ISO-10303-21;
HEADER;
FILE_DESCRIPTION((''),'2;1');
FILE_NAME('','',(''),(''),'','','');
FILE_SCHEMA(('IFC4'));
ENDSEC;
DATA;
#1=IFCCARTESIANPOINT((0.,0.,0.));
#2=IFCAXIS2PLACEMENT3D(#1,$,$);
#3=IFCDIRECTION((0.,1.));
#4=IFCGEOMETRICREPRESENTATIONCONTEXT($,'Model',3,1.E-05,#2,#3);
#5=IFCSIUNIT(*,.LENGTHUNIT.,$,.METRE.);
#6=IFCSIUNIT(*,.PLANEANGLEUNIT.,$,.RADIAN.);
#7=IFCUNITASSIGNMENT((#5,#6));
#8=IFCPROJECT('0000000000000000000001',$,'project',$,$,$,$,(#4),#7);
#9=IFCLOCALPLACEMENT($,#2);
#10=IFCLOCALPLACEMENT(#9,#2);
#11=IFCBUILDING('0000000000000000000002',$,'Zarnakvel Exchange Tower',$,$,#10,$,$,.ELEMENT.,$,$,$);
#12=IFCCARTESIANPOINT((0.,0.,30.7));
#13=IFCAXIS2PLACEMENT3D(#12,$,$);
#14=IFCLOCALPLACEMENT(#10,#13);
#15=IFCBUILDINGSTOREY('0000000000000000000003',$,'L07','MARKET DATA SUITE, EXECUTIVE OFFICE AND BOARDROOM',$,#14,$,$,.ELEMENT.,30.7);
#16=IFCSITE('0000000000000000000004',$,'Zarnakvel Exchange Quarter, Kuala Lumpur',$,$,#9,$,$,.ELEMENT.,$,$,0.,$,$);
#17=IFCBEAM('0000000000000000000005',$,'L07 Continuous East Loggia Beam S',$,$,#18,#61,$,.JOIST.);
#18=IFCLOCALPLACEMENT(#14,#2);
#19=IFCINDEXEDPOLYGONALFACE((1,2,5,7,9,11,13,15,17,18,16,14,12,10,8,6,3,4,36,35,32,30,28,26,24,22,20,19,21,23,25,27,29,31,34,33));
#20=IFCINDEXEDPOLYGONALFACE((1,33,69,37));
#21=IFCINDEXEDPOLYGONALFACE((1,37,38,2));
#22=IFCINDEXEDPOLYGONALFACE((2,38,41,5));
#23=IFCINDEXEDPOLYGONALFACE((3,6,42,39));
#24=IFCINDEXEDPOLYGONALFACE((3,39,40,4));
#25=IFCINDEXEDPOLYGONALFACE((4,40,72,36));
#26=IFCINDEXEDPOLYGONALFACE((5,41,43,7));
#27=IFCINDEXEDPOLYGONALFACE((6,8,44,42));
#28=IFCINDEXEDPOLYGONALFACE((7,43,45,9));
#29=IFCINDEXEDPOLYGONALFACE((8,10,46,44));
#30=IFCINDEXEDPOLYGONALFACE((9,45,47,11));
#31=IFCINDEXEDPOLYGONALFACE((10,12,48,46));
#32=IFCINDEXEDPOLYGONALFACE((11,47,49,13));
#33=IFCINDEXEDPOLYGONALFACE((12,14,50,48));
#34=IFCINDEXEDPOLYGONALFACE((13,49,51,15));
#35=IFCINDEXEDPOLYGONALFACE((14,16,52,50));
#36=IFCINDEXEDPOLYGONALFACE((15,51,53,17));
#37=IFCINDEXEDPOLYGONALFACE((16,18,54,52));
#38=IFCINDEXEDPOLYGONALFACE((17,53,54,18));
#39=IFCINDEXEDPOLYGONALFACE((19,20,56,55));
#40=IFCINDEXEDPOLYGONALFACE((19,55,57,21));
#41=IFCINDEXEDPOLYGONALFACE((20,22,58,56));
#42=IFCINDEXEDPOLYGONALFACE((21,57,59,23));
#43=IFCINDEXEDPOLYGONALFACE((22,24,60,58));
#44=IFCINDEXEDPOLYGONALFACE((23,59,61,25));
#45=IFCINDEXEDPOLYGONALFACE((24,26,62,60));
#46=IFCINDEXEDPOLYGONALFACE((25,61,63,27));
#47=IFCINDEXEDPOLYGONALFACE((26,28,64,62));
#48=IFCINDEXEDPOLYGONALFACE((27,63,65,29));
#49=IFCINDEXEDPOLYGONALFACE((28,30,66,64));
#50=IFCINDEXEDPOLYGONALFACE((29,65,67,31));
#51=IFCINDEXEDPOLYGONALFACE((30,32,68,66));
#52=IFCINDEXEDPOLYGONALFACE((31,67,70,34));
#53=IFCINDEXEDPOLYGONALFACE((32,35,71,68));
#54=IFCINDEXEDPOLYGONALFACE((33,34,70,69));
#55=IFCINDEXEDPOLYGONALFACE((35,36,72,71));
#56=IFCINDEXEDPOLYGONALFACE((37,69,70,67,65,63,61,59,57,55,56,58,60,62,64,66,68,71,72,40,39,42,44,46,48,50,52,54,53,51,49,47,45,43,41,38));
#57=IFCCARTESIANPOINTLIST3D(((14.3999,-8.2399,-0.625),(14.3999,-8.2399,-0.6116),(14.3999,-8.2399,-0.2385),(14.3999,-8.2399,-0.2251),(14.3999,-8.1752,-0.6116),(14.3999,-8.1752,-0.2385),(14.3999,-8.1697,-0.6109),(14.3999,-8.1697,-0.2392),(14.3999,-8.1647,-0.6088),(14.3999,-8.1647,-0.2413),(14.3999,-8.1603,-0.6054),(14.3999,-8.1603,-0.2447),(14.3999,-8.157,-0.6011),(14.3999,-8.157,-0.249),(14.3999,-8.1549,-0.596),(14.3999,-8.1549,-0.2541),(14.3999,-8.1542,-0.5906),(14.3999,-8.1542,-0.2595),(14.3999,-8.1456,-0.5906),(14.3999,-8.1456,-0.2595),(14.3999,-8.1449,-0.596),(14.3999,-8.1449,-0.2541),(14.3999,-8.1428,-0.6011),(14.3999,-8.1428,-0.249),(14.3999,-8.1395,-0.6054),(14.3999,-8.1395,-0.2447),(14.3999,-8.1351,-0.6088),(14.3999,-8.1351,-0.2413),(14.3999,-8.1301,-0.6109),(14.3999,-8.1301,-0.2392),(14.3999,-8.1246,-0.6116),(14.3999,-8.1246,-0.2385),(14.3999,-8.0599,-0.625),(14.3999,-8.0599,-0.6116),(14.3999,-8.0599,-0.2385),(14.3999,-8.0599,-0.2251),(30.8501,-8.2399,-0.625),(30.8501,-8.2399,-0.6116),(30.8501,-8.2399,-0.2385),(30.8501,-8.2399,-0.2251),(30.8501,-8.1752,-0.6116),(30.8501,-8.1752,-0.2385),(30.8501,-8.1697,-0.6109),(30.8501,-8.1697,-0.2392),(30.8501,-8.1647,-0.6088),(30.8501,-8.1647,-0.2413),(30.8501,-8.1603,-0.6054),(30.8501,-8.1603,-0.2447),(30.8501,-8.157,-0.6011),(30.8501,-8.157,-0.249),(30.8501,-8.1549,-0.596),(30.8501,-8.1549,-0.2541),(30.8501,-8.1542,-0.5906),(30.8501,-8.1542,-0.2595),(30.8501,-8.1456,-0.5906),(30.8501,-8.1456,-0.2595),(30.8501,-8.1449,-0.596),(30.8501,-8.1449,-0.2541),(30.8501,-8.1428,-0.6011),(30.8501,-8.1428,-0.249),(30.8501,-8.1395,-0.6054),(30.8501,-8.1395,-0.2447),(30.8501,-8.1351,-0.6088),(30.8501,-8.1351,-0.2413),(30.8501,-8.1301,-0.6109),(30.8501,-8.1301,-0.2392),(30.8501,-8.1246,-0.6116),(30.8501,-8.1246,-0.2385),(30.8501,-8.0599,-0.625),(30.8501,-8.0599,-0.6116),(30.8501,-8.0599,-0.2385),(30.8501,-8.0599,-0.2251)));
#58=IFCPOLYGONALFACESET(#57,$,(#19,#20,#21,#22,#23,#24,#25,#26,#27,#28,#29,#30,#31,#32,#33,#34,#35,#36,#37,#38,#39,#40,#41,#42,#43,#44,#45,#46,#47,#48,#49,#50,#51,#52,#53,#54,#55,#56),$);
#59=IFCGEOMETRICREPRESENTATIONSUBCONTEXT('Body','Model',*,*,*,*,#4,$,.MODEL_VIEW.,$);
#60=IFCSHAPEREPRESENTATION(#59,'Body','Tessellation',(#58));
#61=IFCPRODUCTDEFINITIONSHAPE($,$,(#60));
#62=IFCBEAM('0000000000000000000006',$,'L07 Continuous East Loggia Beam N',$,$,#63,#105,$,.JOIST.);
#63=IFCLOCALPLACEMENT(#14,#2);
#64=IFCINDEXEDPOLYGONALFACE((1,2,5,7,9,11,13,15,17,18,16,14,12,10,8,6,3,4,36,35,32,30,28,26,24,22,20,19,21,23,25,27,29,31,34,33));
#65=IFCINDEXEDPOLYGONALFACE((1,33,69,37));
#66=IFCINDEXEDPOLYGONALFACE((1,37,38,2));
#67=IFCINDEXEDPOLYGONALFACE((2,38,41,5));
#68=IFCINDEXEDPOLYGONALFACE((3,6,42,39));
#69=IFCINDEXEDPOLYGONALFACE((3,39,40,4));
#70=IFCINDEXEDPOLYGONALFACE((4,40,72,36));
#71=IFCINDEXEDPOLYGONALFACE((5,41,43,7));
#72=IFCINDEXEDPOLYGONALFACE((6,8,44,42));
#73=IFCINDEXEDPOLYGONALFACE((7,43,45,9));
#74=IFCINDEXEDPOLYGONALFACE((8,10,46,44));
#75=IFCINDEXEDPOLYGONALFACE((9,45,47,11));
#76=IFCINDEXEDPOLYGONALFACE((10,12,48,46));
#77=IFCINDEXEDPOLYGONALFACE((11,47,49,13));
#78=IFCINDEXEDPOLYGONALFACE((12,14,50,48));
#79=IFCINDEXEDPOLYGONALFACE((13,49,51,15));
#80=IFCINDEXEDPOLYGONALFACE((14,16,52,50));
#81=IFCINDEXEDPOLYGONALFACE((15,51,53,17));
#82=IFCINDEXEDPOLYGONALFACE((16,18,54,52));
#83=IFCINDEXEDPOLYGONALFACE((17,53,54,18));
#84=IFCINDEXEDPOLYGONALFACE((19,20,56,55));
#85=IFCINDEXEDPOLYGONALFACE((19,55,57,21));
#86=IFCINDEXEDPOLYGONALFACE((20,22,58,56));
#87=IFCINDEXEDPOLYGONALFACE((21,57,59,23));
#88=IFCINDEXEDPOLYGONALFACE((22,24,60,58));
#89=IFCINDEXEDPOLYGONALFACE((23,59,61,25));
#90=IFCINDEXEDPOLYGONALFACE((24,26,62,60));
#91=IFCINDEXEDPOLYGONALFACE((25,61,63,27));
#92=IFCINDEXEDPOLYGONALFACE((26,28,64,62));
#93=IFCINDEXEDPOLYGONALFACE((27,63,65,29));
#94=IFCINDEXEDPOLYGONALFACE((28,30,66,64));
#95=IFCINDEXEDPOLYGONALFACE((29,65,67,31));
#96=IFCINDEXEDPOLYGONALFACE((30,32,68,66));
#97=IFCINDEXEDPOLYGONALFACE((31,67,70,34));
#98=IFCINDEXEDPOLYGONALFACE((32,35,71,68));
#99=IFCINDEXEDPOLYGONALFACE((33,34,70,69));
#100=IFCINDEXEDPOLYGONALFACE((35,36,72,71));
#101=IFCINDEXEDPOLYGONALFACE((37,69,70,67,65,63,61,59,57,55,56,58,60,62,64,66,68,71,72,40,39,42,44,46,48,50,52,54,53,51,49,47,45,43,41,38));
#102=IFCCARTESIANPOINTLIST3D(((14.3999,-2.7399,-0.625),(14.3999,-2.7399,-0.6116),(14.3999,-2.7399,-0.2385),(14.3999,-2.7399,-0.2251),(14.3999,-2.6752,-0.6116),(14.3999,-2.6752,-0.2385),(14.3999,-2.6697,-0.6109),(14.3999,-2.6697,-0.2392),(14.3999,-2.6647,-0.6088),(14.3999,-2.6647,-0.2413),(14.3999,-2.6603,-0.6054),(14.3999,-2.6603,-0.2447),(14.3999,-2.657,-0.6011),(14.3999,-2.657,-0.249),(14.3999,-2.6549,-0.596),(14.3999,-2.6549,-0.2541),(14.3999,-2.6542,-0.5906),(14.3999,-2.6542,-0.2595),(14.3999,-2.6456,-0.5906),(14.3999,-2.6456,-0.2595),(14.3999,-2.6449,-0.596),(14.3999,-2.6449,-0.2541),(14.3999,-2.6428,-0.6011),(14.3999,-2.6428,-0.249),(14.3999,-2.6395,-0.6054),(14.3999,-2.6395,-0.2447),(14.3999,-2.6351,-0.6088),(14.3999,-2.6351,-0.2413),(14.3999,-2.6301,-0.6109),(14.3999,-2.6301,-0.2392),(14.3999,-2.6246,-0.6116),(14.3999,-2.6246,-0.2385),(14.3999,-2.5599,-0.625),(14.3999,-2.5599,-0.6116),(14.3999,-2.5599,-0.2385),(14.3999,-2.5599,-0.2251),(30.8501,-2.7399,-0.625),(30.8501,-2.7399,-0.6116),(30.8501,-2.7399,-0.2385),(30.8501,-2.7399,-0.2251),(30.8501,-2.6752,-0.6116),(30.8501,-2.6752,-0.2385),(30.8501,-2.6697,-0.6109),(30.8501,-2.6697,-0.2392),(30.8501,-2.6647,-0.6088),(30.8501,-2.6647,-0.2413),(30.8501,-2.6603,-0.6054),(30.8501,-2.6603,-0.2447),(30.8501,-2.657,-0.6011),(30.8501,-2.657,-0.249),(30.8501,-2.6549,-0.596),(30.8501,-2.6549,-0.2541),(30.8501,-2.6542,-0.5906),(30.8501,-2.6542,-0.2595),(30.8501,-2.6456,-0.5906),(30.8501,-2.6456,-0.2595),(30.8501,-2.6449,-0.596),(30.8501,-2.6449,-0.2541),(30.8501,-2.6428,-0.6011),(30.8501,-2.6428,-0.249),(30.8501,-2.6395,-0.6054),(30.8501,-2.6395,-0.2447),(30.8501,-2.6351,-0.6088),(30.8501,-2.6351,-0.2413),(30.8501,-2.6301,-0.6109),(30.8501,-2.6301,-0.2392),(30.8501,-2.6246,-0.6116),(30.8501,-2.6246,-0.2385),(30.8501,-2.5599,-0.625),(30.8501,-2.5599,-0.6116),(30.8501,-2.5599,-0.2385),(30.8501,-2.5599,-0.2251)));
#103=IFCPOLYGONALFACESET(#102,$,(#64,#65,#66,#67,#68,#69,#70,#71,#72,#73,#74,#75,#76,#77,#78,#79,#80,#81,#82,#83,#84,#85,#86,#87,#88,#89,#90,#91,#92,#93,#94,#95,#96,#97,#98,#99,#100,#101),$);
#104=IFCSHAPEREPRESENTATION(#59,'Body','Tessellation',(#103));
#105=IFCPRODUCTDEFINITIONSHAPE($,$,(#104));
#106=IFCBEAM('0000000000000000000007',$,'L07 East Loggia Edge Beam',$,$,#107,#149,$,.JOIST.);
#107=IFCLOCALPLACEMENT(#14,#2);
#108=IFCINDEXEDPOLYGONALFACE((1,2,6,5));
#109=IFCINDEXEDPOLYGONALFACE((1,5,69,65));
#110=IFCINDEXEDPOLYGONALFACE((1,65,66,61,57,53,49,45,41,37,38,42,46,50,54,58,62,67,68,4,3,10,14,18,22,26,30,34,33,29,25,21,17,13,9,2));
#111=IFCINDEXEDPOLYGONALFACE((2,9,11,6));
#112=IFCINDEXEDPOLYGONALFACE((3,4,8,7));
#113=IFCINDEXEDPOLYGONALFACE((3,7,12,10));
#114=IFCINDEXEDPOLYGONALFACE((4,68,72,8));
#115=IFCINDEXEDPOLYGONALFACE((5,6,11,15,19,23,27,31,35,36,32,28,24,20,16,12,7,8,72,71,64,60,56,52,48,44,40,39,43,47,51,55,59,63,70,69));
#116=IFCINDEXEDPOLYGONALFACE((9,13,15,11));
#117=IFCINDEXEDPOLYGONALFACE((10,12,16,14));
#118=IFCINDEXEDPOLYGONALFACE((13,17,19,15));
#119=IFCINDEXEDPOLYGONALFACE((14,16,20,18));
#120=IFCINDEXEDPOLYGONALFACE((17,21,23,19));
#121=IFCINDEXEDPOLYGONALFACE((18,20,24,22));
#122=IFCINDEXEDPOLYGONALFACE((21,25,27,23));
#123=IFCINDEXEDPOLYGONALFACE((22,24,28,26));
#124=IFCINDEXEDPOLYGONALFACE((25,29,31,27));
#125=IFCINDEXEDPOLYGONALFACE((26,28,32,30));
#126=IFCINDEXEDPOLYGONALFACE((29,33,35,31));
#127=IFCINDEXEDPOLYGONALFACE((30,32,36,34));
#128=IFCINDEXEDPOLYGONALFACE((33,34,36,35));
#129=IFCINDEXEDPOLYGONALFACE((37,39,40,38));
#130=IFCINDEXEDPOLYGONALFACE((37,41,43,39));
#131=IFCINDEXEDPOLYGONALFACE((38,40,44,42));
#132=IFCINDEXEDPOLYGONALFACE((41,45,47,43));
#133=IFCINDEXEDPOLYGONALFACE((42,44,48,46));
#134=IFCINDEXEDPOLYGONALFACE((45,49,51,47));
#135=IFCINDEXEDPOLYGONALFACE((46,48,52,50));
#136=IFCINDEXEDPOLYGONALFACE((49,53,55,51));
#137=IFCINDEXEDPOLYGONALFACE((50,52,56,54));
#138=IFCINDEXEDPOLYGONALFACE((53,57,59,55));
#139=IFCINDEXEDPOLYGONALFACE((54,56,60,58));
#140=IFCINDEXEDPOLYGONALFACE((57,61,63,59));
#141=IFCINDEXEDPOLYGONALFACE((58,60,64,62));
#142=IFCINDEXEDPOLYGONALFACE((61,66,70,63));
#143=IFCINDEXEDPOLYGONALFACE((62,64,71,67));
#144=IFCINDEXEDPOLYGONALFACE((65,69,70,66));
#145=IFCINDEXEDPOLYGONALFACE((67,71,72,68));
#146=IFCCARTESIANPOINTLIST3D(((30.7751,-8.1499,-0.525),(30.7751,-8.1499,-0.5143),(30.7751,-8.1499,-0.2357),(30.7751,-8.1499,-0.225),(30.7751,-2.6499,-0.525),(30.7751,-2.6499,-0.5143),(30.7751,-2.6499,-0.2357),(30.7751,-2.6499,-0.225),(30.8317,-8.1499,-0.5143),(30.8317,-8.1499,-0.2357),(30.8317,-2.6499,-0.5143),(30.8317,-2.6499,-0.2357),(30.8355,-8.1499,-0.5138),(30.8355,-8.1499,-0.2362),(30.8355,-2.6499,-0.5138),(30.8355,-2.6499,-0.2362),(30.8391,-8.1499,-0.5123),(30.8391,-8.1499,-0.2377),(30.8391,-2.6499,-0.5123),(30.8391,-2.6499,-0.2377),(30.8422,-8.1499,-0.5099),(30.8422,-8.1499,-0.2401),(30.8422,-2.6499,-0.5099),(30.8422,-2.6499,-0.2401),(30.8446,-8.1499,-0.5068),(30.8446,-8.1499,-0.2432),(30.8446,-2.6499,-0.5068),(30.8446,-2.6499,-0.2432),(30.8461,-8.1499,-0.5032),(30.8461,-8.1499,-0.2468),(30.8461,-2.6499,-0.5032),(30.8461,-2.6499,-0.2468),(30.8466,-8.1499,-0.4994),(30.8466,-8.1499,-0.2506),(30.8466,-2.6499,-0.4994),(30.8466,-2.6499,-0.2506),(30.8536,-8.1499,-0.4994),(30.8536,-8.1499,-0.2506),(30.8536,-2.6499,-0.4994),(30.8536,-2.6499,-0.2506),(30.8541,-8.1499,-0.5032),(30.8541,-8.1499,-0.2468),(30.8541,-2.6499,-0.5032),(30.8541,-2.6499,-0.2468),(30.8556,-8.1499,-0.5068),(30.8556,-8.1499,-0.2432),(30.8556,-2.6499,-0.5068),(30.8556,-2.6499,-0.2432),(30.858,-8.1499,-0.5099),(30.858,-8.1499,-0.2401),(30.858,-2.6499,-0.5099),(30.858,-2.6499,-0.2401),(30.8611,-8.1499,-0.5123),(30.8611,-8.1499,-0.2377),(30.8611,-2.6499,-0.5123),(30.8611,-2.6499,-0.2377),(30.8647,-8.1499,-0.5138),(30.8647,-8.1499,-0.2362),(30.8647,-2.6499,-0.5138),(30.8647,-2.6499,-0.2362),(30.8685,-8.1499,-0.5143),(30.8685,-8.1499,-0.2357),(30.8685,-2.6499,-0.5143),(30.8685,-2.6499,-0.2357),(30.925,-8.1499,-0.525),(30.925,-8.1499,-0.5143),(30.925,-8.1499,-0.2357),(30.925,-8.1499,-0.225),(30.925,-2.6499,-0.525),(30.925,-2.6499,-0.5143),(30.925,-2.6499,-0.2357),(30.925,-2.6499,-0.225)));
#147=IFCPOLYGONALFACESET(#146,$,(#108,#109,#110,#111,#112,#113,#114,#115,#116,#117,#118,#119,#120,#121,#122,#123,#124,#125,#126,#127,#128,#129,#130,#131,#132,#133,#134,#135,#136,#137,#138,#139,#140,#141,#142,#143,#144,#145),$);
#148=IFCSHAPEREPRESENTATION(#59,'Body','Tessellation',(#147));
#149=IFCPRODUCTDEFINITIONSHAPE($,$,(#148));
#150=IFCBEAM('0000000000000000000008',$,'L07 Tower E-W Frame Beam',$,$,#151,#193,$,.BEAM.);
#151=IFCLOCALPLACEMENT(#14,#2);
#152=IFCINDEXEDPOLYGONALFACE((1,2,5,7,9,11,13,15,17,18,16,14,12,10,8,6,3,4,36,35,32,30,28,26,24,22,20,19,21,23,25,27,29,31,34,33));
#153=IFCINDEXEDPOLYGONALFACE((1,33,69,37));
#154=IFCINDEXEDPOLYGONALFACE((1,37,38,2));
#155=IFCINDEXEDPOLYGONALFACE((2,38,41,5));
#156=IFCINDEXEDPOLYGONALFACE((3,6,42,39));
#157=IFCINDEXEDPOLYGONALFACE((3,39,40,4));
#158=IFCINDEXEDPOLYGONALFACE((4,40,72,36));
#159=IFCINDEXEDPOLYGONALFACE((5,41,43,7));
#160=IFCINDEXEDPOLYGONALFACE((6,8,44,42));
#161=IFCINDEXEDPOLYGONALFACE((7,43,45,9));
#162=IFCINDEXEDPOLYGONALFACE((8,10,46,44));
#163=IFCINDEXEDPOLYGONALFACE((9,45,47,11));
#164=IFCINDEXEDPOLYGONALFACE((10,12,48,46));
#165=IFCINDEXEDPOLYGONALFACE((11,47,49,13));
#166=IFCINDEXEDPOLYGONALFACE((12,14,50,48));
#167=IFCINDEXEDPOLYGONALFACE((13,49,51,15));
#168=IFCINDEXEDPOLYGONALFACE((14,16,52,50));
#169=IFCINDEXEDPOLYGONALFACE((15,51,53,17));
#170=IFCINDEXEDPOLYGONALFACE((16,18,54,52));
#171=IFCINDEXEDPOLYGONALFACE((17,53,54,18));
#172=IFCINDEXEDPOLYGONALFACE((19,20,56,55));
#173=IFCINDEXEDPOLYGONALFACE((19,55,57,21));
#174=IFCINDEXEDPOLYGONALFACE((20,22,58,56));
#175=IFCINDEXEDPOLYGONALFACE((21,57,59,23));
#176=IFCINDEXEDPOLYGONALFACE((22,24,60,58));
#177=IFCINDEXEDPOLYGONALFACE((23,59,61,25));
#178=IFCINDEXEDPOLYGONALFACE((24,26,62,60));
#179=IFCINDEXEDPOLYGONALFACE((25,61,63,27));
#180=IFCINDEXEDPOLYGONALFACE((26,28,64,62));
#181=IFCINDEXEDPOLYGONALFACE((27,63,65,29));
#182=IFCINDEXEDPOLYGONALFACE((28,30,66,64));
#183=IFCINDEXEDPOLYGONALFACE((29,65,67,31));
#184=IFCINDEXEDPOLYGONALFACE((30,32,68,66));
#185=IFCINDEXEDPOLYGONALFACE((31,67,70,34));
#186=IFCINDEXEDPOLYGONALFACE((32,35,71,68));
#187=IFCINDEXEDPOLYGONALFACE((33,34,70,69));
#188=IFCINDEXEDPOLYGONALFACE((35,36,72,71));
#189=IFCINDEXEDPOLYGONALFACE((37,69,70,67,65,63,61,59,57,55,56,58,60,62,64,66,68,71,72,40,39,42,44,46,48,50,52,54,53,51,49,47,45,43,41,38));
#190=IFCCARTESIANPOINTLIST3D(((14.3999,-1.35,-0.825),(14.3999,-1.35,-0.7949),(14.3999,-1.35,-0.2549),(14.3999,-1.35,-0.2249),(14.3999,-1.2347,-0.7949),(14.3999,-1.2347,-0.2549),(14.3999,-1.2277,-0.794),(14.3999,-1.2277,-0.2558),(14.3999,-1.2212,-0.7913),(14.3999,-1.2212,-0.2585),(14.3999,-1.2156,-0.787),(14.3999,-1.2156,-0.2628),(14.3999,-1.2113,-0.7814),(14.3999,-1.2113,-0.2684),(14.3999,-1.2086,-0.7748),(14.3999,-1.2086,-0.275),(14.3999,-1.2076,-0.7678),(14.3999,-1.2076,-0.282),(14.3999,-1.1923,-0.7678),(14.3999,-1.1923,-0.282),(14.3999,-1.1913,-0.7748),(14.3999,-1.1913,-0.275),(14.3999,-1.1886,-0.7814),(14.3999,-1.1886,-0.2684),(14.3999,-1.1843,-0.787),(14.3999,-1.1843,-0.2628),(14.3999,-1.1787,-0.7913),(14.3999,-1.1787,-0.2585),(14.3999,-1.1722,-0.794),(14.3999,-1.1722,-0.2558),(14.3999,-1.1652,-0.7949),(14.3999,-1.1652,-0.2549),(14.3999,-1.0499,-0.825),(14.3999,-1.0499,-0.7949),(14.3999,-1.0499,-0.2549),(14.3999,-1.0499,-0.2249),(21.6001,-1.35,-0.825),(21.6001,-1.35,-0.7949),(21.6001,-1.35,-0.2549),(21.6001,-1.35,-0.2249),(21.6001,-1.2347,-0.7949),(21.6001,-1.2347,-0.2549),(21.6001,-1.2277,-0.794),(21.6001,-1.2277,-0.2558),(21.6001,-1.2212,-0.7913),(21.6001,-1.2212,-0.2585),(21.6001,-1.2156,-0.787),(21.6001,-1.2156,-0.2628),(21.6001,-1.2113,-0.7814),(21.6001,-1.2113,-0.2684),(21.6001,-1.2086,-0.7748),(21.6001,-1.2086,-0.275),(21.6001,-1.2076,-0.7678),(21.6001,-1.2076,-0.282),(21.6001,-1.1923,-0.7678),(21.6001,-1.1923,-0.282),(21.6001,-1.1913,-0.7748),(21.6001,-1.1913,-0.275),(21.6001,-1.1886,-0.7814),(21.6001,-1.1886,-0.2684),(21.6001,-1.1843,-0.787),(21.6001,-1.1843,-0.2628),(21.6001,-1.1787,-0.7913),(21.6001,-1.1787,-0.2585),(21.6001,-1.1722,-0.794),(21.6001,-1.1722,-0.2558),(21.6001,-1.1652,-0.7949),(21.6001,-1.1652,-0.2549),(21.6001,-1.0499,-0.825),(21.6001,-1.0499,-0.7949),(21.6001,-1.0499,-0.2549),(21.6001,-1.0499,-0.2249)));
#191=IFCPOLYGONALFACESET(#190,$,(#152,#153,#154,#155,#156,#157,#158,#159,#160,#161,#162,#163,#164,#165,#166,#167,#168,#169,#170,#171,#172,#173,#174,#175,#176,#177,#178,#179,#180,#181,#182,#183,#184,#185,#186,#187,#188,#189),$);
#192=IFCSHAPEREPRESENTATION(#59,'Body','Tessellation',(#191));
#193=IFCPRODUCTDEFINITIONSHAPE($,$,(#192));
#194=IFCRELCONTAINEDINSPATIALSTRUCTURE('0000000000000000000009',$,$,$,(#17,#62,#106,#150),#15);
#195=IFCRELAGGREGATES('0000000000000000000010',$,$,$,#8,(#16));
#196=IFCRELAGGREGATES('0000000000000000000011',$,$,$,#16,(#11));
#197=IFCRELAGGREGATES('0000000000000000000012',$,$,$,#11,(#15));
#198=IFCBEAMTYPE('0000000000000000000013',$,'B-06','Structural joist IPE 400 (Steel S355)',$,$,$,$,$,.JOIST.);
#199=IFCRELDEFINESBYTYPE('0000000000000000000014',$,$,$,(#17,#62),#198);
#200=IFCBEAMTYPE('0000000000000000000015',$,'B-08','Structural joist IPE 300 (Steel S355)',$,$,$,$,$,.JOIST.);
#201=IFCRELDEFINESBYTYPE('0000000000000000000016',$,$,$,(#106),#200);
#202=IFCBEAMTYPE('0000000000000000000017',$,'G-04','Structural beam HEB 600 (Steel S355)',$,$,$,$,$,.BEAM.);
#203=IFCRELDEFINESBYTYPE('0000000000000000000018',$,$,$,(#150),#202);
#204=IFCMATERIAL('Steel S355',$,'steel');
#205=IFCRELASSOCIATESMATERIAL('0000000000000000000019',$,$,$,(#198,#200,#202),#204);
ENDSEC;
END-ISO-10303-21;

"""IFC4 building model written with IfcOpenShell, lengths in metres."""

from ifc_helpers import new_model, si_unit, direction, frame, origin, origin_2d, place, context, subcontext, project, spatial, i_section, extrude, material, material_profile, profile_set, type_object, element, save


model = new_model("IFC4")

# Units and contexts
model_context = context("Model", 3, precision=1e-05, world=origin(), true_north=direction((0.0, 1.0)))
body_context = subcontext(model_context, "Body", "Model", "MODEL_VIEW")
ifc_project = project(units=[si_unit("LENGTHUNIT", "METRE"), si_unit("PLANEANGLEUNIT", "RADIAN")], contexts=[model_context])

# Site, building, storey
site_placement = place(None, origin())
site = spatial("IfcSite", under=ifc_project, at=site_placement, Name="Zarnakvel Exchange Quarter, Kuala Lumpur", CompositionType="ELEMENT", RefElevation=0.0)
building_placement = place(site_placement, origin())
building = spatial("IfcBuilding", under=site, at=building_placement, Name="Zarnakvel Exchange Tower", CompositionType="ELEMENT")
storey_placement = place(building_placement, frame((0.0, 0.0, 30.7)))
storey = spatial("IfcBuildingStorey", under=building, at=storey_placement, Name="L07", Description="MARKET DATA SUITE, EXECUTIVE OFFICE AND BOARDROOM", CompositionType="ELEMENT", Elevation=30.7)

# Shared definitions
ifc_material_1 = material(Name="Steel S355", Category="steel")

# Beams
ifc_material_profile_1 = material_profile(ifc_material_1, i_section(OverallWidth=0.1799, OverallDepth=0.3999, WebThickness=0.0085, FlangeThickness=0.0134, FilletRadius=0.021, at=origin_2d()))
ifc_profile_set_1 = profile_set([ifc_material_profile_1], Name="Steel S355")
beam_type_1 = type_object("IfcBeamType", Name="B-06", Description="Structural joist IPE 400 (Steel S355)", PredefinedType="JOIST", material=ifc_profile_set_1)
for number, where, z_axis, x_axis, name in (
    (1, (14.3999, -8.1499, -0.425), (1.0, 0.0, 0.0), (0.0, 1.0, 0.0), "L07 Continuous East Loggia Beam S"),
    (2, (14.3999, -2.6499, -0.425), (1.0, 0.0, 0.0), (0.0, 1.0, 0.0), "L07 Continuous East Loggia Beam N"),
):
    element("IfcBeam", number, at=place(storey_placement, frame(where, z_axis=z_axis, x_axis=x_axis)), inside=storey, type_object=beam_type_1, Name=name, PredefinedType="JOIST", context=body_context, shape_type="SweptSolid", body=[
        extrude(i_section(OverallWidth=0.1799, OverallDepth=0.3999, WebThickness=0.0085, FlangeThickness=0.0134, FilletRadius=0.021, at=origin_2d()), origin(), (0.0, 0.0, 1.0), 16.4502),
    ])
ifc_material_profile_2 = material_profile(ifc_material_1, i_section(OverallWidth=0.1499, OverallDepth=0.3, WebThickness=0.0071, FlangeThickness=0.0107, FilletRadius=0.0149, at=origin_2d()))
ifc_profile_set_2 = profile_set([ifc_material_profile_2], Name="Steel S355")
beam_type_2 = type_object("IfcBeamType", Name="B-08", Description="Structural joist IPE 300 (Steel S355)", PredefinedType="JOIST", material=ifc_profile_set_2)
beam_1_placement = place(storey_placement, frame((30.8501, -8.1499, -0.375), z_axis=(0.0, 1.0, 0.0), x_axis=(-1.0, 0.0, 0.0)))
element("IfcBeam", 3, at=beam_1_placement, inside=storey, type_object=beam_type_2, Name="L07 East Loggia Edge Beam", PredefinedType="JOIST", context=body_context, shape_type="SweptSolid", body=[
    extrude(i_section(OverallWidth=0.1499, OverallDepth=0.3, WebThickness=0.0071, FlangeThickness=0.0107, FilletRadius=0.0149, at=origin_2d()), origin(), (0.0, 0.0, 1.0), 5.5),
])
ifc_material_profile_3 = material_profile(ifc_material_1, i_section(OverallWidth=0.3, OverallDepth=0.6001, WebThickness=0.0154, FlangeThickness=0.03, FilletRadius=0.0271, at=origin_2d()))
ifc_profile_set_3 = profile_set([ifc_material_profile_3], Name="Steel S355")
beam_type_3 = type_object("IfcBeamType", Name="G-04", Description="Structural beam HEB 600 (Steel S355)", PredefinedType="BEAM", material=ifc_profile_set_3)
beam_2_placement = place(storey_placement, frame((14.3999, -1.2, -0.5249), z_axis=(1.0, 0.0, 0.0), x_axis=(0.0, 1.0, 0.0)))
element("IfcBeam", 4, at=beam_2_placement, inside=storey, type_object=beam_type_3, Name="L07 Tower E-W Frame Beam", PredefinedType="BEAM", context=body_context, shape_type="SweptSolid", body=[
    extrude(i_section(OverallWidth=0.3, OverallDepth=0.6001, WebThickness=0.0154, FlangeThickness=0.03, FilletRadius=0.0271, at=origin_2d()), origin(), (0.0, 0.0, 1.0), 7.2002),
])

save(model, "model.ifc")
